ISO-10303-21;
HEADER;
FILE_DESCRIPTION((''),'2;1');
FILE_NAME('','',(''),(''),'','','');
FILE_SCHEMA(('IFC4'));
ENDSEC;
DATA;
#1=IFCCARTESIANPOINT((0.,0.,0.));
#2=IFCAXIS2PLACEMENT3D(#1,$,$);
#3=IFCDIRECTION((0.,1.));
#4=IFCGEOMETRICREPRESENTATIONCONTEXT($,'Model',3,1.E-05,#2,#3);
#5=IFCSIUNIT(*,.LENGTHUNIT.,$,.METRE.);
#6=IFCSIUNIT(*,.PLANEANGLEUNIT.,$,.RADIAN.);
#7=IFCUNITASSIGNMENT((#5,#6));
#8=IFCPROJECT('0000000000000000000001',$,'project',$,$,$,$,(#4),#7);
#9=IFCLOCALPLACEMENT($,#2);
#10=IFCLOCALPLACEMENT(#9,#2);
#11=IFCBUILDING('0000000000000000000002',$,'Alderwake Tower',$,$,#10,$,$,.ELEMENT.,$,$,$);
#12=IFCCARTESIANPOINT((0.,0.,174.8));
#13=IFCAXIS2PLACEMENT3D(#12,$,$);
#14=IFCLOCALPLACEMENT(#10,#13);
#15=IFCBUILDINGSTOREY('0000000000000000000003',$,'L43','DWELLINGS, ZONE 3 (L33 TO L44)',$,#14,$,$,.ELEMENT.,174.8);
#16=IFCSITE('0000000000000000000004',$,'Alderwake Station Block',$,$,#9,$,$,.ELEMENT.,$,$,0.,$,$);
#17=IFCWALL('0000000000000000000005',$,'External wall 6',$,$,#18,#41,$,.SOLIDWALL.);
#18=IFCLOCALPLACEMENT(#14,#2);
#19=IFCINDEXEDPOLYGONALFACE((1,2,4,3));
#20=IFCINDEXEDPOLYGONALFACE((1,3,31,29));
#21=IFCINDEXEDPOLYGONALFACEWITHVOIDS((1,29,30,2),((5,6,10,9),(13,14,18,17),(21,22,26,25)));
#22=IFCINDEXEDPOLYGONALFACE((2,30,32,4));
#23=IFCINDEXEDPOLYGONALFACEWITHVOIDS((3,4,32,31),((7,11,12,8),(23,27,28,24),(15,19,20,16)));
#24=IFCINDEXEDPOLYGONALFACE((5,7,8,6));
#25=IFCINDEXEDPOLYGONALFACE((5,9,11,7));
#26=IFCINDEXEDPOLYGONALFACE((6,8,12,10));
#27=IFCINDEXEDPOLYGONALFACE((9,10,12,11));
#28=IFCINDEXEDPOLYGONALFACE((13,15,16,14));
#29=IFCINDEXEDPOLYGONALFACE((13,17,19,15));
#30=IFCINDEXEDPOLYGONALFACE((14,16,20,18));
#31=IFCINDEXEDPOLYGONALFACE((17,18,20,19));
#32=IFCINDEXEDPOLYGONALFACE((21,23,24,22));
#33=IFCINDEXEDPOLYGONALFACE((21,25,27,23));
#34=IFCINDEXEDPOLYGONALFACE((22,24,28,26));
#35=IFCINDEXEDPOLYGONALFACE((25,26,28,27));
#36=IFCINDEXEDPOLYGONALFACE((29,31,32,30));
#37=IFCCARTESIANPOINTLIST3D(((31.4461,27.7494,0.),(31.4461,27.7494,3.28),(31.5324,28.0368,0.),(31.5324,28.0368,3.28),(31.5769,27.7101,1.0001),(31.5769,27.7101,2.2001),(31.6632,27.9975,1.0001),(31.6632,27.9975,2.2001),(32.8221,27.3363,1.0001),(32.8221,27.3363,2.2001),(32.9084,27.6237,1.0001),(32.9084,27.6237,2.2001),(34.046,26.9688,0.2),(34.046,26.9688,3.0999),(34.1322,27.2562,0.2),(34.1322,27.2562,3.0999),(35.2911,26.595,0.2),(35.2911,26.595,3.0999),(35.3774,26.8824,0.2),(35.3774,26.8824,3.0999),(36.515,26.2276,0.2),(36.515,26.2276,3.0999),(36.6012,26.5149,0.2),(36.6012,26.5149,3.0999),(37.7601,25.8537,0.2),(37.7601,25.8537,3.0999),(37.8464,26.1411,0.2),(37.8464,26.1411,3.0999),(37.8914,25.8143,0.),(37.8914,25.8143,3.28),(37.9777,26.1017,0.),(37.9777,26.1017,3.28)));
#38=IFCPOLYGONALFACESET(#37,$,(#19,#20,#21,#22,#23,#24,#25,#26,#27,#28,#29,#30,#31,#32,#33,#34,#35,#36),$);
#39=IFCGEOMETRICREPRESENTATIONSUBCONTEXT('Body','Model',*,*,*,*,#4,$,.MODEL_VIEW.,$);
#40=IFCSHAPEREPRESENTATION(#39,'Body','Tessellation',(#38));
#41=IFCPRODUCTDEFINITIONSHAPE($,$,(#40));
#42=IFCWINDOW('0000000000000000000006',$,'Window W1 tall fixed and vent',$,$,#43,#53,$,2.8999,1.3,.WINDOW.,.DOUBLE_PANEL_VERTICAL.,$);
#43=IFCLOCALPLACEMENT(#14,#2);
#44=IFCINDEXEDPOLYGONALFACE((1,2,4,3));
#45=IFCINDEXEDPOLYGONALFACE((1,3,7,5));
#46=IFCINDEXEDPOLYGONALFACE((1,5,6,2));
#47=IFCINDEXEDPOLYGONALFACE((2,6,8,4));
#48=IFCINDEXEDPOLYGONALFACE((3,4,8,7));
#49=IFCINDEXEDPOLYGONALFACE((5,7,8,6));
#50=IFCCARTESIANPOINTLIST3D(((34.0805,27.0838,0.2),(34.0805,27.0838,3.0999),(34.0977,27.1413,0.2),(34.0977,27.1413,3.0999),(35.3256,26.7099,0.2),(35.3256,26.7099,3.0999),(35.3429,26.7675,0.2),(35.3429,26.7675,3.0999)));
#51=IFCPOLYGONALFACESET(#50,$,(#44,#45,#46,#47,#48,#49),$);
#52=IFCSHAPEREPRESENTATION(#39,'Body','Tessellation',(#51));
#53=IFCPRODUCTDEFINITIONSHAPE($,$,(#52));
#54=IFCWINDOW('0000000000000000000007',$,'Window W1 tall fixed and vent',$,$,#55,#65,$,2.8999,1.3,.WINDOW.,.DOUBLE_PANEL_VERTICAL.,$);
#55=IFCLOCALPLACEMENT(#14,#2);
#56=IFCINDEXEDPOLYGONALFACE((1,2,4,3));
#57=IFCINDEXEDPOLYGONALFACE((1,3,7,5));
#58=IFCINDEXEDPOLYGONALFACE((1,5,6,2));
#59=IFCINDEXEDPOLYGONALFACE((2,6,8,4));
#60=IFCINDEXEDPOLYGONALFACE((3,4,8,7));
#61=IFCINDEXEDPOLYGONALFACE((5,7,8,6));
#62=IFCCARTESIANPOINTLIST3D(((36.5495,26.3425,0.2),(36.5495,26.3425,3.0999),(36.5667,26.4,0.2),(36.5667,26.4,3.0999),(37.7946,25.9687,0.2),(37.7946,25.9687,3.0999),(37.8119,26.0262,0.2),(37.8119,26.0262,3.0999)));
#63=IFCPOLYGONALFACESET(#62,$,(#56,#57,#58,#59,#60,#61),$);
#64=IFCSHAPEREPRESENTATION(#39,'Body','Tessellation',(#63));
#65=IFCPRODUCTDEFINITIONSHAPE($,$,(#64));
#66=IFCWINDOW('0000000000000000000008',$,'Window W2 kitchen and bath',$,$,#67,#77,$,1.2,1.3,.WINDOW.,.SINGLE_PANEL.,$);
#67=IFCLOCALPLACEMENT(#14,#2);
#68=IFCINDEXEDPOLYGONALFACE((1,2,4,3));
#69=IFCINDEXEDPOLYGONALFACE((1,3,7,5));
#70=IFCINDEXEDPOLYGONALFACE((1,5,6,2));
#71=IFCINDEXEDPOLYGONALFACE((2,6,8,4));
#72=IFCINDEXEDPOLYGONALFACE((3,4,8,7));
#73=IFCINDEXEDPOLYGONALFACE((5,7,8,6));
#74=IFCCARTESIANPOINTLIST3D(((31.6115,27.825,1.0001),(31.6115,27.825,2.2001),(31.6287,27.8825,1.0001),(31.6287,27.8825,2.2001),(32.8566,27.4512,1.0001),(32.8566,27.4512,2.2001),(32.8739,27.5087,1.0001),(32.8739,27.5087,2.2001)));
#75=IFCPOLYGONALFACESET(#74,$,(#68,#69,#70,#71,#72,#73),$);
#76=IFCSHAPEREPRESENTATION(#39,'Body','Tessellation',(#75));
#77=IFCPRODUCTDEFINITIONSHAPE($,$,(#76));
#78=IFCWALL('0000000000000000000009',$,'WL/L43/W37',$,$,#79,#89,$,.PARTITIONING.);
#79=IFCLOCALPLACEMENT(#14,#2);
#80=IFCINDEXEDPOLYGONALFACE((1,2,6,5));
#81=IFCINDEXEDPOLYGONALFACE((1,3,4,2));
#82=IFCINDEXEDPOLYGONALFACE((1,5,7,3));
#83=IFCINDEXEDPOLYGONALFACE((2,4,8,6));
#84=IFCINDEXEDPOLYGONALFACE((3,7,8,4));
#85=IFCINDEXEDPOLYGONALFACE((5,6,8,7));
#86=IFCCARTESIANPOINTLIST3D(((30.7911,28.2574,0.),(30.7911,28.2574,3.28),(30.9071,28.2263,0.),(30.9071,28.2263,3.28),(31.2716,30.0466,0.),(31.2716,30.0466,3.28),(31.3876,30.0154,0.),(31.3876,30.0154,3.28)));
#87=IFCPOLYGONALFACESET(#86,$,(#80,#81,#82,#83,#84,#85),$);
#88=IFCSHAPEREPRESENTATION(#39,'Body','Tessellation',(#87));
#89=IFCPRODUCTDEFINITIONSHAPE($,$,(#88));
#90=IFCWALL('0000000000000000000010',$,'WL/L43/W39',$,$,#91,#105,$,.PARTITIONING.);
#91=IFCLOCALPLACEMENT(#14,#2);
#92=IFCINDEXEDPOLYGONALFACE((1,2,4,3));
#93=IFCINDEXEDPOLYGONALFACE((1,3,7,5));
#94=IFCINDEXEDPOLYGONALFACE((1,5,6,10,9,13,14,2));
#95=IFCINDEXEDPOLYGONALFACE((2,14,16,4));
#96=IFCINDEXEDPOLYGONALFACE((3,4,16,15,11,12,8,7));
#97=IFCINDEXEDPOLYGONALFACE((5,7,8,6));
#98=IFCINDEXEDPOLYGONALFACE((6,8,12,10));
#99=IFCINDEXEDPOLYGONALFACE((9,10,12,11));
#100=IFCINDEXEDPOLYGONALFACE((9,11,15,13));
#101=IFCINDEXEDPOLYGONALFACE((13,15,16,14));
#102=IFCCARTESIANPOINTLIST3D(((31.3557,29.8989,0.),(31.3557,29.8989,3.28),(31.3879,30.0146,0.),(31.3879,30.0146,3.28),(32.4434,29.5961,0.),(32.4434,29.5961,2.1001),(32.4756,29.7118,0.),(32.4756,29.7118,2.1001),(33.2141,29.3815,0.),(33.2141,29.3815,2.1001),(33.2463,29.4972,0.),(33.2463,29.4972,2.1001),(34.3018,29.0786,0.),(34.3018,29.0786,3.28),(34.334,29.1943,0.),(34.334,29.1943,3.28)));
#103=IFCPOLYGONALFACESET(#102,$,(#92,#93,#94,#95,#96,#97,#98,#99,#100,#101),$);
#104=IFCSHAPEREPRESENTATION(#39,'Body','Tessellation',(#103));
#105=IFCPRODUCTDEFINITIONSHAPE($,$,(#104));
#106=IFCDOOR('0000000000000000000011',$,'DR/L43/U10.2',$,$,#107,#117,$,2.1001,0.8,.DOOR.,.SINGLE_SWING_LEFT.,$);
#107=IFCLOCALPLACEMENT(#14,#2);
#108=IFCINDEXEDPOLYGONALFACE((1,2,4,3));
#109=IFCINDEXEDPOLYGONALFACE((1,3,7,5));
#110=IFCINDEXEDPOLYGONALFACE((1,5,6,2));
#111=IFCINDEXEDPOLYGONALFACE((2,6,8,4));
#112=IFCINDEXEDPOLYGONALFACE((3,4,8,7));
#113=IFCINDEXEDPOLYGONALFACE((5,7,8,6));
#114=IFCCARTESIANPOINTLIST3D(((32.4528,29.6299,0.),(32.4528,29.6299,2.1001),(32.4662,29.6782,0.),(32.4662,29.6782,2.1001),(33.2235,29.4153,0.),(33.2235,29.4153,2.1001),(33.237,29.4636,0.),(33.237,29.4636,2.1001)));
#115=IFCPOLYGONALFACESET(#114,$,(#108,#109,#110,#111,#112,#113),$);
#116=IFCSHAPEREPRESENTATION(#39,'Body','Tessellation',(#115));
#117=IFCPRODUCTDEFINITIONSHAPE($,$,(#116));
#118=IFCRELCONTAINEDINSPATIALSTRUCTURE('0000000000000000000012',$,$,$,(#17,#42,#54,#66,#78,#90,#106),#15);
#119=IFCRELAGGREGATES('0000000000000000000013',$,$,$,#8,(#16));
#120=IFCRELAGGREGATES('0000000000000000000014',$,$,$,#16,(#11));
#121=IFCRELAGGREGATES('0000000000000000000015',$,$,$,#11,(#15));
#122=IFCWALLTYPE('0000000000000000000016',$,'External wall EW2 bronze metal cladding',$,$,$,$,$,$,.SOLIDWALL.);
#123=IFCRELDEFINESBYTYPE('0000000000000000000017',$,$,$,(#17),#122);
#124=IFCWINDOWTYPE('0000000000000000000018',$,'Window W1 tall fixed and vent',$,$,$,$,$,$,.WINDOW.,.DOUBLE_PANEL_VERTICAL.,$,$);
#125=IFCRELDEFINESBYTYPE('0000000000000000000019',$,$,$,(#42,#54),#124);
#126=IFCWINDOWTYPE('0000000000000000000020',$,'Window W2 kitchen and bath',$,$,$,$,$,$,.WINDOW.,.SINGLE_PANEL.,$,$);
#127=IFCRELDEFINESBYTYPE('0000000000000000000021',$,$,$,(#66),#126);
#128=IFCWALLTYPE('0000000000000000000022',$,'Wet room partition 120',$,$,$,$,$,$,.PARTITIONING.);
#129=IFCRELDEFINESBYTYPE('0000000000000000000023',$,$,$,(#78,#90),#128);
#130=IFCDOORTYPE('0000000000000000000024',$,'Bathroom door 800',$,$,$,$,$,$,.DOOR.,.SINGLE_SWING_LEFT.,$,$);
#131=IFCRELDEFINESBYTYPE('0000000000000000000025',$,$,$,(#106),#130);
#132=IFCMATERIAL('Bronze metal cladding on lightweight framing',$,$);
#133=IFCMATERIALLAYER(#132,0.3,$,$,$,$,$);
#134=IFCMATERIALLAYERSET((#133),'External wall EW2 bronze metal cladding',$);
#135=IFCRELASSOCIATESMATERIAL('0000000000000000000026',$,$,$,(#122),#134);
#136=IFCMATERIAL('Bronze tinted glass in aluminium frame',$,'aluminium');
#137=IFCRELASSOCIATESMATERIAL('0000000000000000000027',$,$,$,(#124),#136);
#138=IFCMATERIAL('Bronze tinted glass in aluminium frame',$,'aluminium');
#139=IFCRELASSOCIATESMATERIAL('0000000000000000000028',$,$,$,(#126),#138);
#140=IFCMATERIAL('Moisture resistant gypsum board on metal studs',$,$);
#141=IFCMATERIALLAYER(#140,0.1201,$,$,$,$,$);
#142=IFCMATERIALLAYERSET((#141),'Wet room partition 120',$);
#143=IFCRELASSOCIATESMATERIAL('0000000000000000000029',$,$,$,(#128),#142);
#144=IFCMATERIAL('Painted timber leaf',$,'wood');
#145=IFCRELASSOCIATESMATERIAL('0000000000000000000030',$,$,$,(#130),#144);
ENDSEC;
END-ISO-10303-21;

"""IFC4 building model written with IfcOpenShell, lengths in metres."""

from ifc_helpers import new_model, si_unit, direction, frame, frame_2d, origin, place, context, subcontext, project, spatial, rectangle, extrude, material, layer, layer_set, type_object, element, fill, save


model = new_model("IFC4")

# Units and contexts
model_context = context("Model", 3, precision=1e-05, world=origin(), true_north=direction((0.0, 1.0)))
body_context = subcontext(model_context, "Body", "Model", "MODEL_VIEW")
ifc_project = project(units=[si_unit("LENGTHUNIT", "METRE"), si_unit("PLANEANGLEUNIT", "RADIAN")], contexts=[model_context])

# Site, building, storey
site_placement = place(None, origin())
site = spatial("IfcSite", under=ifc_project, at=site_placement, Name="Alderwake Station Block", CompositionType="ELEMENT", RefElevation=0.0)
building_placement = place(site_placement, origin())
building = spatial("IfcBuilding", under=site, at=building_placement, Name="Alderwake Tower", CompositionType="ELEMENT")
storey_placement = place(building_placement, frame((0.0, 0.0, 174.8)))
storey = spatial("IfcBuildingStorey", under=building, at=storey_placement, Name="L43", Description="DWELLINGS, ZONE 3 (L33 TO L44)", CompositionType="ELEMENT", Elevation=174.8)

# Wall, openings, windows
ifc_material_1 = material(Name="Bronze metal cladding on lightweight framing")
ifc_layer_1 = layer(ifc_material_1, 0.3)
ifc_layer_set_1 = layer_set([ifc_layer_1], Name="External wall EW2 bronze metal cladding")
wall_type_1 = type_object("IfcWallType", Name="External wall EW2 bronze metal cladding", PredefinedType="SOLIDWALL", material=ifc_layer_set_1)
ifc_material_2 = material(Name="Bronze tinted glass in aluminium frame", Category="aluminium")
window_type_1 = type_object("IfcWindowType", Name="Window W1 tall fixed and vent", PartitioningType="DOUBLE_PANEL_VERTICAL", PredefinedType="WINDOW", material=ifc_material_2)
wall_1_placement = place(storey_placement, frame((31.4893, 27.8931, 0.0), z_axis=(0.0, 0.0, 1.0), x_axis=(0.957766, -0.287548, 0.0)))
wall_1 = element("IfcWall", 1, at=wall_1_placement, inside=storey, type_object=wall_type_1, Name="External wall 6", PredefinedType="SOLIDWALL", context=body_context, shape_type="SweptSolid", body=[
    extrude(rectangle(XDim=6.7295, YDim=0.3, at=frame_2d((3.3647, 0.0))), origin(), (0.0, 0.0, 1.0), 3.28),
])
opening_1_placement = place(wall_1_placement, frame((0.1367, 0.0, 1.0)))
opening_1 = element("IfcOpeningElement", 2, at=opening_1_placement, cuts=wall_1, PredefinedType="OPENING", context=body_context, shape_type="SweptSolid", body=[
    extrude(rectangle(XDim=1.3, YDim=1.2, at=frame_2d((0.6499, 0.6001))), frame((0.0, 0.1599, 0.0), z_axis=(0.0, -1.0, 0.0), x_axis=(1.0, 0.0, 0.0)), (0.0, 0.0, 1.0), 0.3201),
])
opening_2_placement = place(wall_1_placement, frame((2.7146, 0.0, 0.2)))
opening_2 = element("IfcOpeningElement", 3, at=opening_2_placement, cuts=wall_1, PredefinedType="OPENING", context=body_context, shape_type="SweptSolid", body=[
    extrude(rectangle(XDim=1.3, YDim=2.8999, at=frame_2d((0.6499, 1.45))), frame((0.0, 0.1599, 0.0), z_axis=(0.0, -1.0, 0.0), x_axis=(1.0, 0.0, 0.0)), (0.0, 0.0, 1.0), 0.3201),
])
opening_3_placement = place(wall_1_placement, frame((5.2925, 0.0, 0.2)))
opening_3 = element("IfcOpeningElement", 4, at=opening_3_placement, cuts=wall_1, PredefinedType="OPENING", context=body_context, shape_type="SweptSolid", body=[
    extrude(rectangle(XDim=1.3, YDim=2.8999, at=frame_2d((0.6499, 1.45))), frame((0.0, 0.1599, 0.0), z_axis=(0.0, -1.0, 0.0), x_axis=(1.0, 0.0, 0.0)), (0.0, 0.0, 1.0), 0.3201),
])
window_1_placement = place(opening_2_placement, origin())
window_1 = element("IfcWindow", 5, at=window_1_placement, inside=storey, type_object=window_type_1, Name="Window W1 tall fixed and vent", OverallHeight=2.8999, OverallWidth=1.3, PartitioningType="DOUBLE_PANEL_VERTICAL", PredefinedType="WINDOW", context=body_context, shape_type="SweptSolid", body=[
    extrude(rectangle(XDim=1.3, YDim=2.8999, at=frame_2d((0.6499, 1.45))), frame((0.0, 0.03, 0.0), z_axis=(0.0, -1.0, 0.0), x_axis=(1.0, 0.0, 0.0)), (0.0, 0.0, 1.0), 0.0601),
])
fill(opening_2, window_1)
window_2_placement = place(opening_3_placement, origin())
window_2 = element("IfcWindow", 6, at=window_2_placement, inside=storey, type_object=window_type_1, Name="Window W1 tall fixed and vent", OverallHeight=2.8999, OverallWidth=1.3, PartitioningType="DOUBLE_PANEL_VERTICAL", PredefinedType="WINDOW", context=body_context, shape_type="SweptSolid", body=[
    extrude(rectangle(XDim=1.3, YDim=2.8999, at=frame_2d((0.6499, 1.45))), frame((0.0, 0.03, 0.0), z_axis=(0.0, -1.0, 0.0), x_axis=(1.0, 0.0, 0.0)), (0.0, 0.0, 1.0), 0.0601),
])
fill(opening_3, window_2)
ifc_material_3 = material(Name="Bronze tinted glass in aluminium frame", Category="aluminium")
window_type_2 = type_object("IfcWindowType", Name="Window W2 kitchen and bath", PartitioningType="SINGLE_PANEL", PredefinedType="WINDOW", material=ifc_material_3)
window_3_placement = place(opening_1_placement, origin())
window_3 = element("IfcWindow", 7, at=window_3_placement, inside=storey, type_object=window_type_2, Name="Window W2 kitchen and bath", OverallHeight=1.2, OverallWidth=1.3, PartitioningType="SINGLE_PANEL", PredefinedType="WINDOW", context=body_context, shape_type="SweptSolid", body=[
    extrude(rectangle(XDim=1.3, YDim=1.2, at=frame_2d((0.6499, 0.6001))), frame((0.0, 0.03, 0.0), z_axis=(0.0, -1.0, 0.0), x_axis=(1.0, 0.0, 0.0)), (0.0, 0.0, 1.0), 0.0601),
])
fill(opening_1, window_3)

# Wall
ifc_material_4 = material(Name="Moisture resistant gypsum board on metal studs")
ifc_layer_2 = layer(ifc_material_4, 0.1201)
ifc_layer_set_2 = layer_set([ifc_layer_2], Name="Wet room partition 120")
wall_type_2 = type_object("IfcWallType", Name="Wet room partition 120", PredefinedType="PARTITIONING", material=ifc_layer_set_2)
wall_2_placement = place(storey_placement, frame((31.3296, 30.031, 0.0), z_axis=(0.0, 0.0, 1.0), x_axis=(-0.259368, -0.965778, 0.0)))
element("IfcWall", 8, at=wall_2_placement, inside=storey, type_object=wall_type_2, Name="WL/L43/W37", PredefinedType="PARTITIONING", context=body_context, shape_type="SweptSolid", body=[
    extrude(rectangle(XDim=1.8525, YDim=0.1201, at=frame_2d((0.9263, 0.0))), origin(), (0.0, 0.0, 1.0), 3.28),
])

# Wall, opening, door
wall_3_placement = place(storey_placement, frame((34.3179, 29.1365, 0.0), z_axis=(0.0, 0.0, 1.0), x_axis=(-0.963352, 0.268241, 0.0)))
wall_3 = element("IfcWall", 9, at=wall_3_placement, inside=storey, type_object=wall_type_2, Name="WL/L43/W39", PredefinedType="PARTITIONING", context=body_context, shape_type="SweptSolid", body=[
    extrude(rectangle(XDim=3.0581, YDim=0.1201, at=frame_2d((1.5291, 0.0))), origin(), (0.0, 0.0, 1.0), 3.28),
])
opening_4_placement = place(wall_3_placement, frame((1.1292, 0.0, 0.0)))
opening_4 = element("IfcOpeningElement", 10, at=opening_4_placement, cuts=wall_3, PredefinedType="OPENING", context=body_context, shape_type="SweptSolid", body=[
    extrude(rectangle(XDim=0.8, YDim=2.1001, at=frame_2d((0.3999, 1.05))), frame((0.0, 0.0701, 0.0), z_axis=(0.0, -1.0, 0.0), x_axis=(1.0, 0.0, 0.0)), (0.0, 0.0, 1.0), 0.1401),
])
ifc_material_5 = material(Name="Painted timber leaf", Category="wood")
door_type_1 = type_object("IfcDoorType", Name="Bathroom door 800", OperationType="SINGLE_SWING_LEFT", PredefinedType="DOOR", material=ifc_material_5)
door_1_placement = place(opening_4_placement, origin())
door_1 = element("IfcDoor", 11, at=door_1_placement, inside=storey, type_object=door_type_1, Name="DR/L43/U10.2", OperationType="SINGLE_SWING_LEFT", OverallHeight=2.1001, OverallWidth=0.8, PredefinedType="DOOR", context=body_context, shape_type="SweptSolid", body=[
    extrude(rectangle(XDim=0.8, YDim=2.1001, at=frame_2d((0.3999, 1.05))), frame((0.0, 0.0249, 0.0), z_axis=(0.0, -1.0, 0.0), x_axis=(1.0, 0.0, 0.0)), (0.0, 0.0, 1.0), 0.05),
])
fill(opening_4, door_1)

save(model, "model.ifc")
